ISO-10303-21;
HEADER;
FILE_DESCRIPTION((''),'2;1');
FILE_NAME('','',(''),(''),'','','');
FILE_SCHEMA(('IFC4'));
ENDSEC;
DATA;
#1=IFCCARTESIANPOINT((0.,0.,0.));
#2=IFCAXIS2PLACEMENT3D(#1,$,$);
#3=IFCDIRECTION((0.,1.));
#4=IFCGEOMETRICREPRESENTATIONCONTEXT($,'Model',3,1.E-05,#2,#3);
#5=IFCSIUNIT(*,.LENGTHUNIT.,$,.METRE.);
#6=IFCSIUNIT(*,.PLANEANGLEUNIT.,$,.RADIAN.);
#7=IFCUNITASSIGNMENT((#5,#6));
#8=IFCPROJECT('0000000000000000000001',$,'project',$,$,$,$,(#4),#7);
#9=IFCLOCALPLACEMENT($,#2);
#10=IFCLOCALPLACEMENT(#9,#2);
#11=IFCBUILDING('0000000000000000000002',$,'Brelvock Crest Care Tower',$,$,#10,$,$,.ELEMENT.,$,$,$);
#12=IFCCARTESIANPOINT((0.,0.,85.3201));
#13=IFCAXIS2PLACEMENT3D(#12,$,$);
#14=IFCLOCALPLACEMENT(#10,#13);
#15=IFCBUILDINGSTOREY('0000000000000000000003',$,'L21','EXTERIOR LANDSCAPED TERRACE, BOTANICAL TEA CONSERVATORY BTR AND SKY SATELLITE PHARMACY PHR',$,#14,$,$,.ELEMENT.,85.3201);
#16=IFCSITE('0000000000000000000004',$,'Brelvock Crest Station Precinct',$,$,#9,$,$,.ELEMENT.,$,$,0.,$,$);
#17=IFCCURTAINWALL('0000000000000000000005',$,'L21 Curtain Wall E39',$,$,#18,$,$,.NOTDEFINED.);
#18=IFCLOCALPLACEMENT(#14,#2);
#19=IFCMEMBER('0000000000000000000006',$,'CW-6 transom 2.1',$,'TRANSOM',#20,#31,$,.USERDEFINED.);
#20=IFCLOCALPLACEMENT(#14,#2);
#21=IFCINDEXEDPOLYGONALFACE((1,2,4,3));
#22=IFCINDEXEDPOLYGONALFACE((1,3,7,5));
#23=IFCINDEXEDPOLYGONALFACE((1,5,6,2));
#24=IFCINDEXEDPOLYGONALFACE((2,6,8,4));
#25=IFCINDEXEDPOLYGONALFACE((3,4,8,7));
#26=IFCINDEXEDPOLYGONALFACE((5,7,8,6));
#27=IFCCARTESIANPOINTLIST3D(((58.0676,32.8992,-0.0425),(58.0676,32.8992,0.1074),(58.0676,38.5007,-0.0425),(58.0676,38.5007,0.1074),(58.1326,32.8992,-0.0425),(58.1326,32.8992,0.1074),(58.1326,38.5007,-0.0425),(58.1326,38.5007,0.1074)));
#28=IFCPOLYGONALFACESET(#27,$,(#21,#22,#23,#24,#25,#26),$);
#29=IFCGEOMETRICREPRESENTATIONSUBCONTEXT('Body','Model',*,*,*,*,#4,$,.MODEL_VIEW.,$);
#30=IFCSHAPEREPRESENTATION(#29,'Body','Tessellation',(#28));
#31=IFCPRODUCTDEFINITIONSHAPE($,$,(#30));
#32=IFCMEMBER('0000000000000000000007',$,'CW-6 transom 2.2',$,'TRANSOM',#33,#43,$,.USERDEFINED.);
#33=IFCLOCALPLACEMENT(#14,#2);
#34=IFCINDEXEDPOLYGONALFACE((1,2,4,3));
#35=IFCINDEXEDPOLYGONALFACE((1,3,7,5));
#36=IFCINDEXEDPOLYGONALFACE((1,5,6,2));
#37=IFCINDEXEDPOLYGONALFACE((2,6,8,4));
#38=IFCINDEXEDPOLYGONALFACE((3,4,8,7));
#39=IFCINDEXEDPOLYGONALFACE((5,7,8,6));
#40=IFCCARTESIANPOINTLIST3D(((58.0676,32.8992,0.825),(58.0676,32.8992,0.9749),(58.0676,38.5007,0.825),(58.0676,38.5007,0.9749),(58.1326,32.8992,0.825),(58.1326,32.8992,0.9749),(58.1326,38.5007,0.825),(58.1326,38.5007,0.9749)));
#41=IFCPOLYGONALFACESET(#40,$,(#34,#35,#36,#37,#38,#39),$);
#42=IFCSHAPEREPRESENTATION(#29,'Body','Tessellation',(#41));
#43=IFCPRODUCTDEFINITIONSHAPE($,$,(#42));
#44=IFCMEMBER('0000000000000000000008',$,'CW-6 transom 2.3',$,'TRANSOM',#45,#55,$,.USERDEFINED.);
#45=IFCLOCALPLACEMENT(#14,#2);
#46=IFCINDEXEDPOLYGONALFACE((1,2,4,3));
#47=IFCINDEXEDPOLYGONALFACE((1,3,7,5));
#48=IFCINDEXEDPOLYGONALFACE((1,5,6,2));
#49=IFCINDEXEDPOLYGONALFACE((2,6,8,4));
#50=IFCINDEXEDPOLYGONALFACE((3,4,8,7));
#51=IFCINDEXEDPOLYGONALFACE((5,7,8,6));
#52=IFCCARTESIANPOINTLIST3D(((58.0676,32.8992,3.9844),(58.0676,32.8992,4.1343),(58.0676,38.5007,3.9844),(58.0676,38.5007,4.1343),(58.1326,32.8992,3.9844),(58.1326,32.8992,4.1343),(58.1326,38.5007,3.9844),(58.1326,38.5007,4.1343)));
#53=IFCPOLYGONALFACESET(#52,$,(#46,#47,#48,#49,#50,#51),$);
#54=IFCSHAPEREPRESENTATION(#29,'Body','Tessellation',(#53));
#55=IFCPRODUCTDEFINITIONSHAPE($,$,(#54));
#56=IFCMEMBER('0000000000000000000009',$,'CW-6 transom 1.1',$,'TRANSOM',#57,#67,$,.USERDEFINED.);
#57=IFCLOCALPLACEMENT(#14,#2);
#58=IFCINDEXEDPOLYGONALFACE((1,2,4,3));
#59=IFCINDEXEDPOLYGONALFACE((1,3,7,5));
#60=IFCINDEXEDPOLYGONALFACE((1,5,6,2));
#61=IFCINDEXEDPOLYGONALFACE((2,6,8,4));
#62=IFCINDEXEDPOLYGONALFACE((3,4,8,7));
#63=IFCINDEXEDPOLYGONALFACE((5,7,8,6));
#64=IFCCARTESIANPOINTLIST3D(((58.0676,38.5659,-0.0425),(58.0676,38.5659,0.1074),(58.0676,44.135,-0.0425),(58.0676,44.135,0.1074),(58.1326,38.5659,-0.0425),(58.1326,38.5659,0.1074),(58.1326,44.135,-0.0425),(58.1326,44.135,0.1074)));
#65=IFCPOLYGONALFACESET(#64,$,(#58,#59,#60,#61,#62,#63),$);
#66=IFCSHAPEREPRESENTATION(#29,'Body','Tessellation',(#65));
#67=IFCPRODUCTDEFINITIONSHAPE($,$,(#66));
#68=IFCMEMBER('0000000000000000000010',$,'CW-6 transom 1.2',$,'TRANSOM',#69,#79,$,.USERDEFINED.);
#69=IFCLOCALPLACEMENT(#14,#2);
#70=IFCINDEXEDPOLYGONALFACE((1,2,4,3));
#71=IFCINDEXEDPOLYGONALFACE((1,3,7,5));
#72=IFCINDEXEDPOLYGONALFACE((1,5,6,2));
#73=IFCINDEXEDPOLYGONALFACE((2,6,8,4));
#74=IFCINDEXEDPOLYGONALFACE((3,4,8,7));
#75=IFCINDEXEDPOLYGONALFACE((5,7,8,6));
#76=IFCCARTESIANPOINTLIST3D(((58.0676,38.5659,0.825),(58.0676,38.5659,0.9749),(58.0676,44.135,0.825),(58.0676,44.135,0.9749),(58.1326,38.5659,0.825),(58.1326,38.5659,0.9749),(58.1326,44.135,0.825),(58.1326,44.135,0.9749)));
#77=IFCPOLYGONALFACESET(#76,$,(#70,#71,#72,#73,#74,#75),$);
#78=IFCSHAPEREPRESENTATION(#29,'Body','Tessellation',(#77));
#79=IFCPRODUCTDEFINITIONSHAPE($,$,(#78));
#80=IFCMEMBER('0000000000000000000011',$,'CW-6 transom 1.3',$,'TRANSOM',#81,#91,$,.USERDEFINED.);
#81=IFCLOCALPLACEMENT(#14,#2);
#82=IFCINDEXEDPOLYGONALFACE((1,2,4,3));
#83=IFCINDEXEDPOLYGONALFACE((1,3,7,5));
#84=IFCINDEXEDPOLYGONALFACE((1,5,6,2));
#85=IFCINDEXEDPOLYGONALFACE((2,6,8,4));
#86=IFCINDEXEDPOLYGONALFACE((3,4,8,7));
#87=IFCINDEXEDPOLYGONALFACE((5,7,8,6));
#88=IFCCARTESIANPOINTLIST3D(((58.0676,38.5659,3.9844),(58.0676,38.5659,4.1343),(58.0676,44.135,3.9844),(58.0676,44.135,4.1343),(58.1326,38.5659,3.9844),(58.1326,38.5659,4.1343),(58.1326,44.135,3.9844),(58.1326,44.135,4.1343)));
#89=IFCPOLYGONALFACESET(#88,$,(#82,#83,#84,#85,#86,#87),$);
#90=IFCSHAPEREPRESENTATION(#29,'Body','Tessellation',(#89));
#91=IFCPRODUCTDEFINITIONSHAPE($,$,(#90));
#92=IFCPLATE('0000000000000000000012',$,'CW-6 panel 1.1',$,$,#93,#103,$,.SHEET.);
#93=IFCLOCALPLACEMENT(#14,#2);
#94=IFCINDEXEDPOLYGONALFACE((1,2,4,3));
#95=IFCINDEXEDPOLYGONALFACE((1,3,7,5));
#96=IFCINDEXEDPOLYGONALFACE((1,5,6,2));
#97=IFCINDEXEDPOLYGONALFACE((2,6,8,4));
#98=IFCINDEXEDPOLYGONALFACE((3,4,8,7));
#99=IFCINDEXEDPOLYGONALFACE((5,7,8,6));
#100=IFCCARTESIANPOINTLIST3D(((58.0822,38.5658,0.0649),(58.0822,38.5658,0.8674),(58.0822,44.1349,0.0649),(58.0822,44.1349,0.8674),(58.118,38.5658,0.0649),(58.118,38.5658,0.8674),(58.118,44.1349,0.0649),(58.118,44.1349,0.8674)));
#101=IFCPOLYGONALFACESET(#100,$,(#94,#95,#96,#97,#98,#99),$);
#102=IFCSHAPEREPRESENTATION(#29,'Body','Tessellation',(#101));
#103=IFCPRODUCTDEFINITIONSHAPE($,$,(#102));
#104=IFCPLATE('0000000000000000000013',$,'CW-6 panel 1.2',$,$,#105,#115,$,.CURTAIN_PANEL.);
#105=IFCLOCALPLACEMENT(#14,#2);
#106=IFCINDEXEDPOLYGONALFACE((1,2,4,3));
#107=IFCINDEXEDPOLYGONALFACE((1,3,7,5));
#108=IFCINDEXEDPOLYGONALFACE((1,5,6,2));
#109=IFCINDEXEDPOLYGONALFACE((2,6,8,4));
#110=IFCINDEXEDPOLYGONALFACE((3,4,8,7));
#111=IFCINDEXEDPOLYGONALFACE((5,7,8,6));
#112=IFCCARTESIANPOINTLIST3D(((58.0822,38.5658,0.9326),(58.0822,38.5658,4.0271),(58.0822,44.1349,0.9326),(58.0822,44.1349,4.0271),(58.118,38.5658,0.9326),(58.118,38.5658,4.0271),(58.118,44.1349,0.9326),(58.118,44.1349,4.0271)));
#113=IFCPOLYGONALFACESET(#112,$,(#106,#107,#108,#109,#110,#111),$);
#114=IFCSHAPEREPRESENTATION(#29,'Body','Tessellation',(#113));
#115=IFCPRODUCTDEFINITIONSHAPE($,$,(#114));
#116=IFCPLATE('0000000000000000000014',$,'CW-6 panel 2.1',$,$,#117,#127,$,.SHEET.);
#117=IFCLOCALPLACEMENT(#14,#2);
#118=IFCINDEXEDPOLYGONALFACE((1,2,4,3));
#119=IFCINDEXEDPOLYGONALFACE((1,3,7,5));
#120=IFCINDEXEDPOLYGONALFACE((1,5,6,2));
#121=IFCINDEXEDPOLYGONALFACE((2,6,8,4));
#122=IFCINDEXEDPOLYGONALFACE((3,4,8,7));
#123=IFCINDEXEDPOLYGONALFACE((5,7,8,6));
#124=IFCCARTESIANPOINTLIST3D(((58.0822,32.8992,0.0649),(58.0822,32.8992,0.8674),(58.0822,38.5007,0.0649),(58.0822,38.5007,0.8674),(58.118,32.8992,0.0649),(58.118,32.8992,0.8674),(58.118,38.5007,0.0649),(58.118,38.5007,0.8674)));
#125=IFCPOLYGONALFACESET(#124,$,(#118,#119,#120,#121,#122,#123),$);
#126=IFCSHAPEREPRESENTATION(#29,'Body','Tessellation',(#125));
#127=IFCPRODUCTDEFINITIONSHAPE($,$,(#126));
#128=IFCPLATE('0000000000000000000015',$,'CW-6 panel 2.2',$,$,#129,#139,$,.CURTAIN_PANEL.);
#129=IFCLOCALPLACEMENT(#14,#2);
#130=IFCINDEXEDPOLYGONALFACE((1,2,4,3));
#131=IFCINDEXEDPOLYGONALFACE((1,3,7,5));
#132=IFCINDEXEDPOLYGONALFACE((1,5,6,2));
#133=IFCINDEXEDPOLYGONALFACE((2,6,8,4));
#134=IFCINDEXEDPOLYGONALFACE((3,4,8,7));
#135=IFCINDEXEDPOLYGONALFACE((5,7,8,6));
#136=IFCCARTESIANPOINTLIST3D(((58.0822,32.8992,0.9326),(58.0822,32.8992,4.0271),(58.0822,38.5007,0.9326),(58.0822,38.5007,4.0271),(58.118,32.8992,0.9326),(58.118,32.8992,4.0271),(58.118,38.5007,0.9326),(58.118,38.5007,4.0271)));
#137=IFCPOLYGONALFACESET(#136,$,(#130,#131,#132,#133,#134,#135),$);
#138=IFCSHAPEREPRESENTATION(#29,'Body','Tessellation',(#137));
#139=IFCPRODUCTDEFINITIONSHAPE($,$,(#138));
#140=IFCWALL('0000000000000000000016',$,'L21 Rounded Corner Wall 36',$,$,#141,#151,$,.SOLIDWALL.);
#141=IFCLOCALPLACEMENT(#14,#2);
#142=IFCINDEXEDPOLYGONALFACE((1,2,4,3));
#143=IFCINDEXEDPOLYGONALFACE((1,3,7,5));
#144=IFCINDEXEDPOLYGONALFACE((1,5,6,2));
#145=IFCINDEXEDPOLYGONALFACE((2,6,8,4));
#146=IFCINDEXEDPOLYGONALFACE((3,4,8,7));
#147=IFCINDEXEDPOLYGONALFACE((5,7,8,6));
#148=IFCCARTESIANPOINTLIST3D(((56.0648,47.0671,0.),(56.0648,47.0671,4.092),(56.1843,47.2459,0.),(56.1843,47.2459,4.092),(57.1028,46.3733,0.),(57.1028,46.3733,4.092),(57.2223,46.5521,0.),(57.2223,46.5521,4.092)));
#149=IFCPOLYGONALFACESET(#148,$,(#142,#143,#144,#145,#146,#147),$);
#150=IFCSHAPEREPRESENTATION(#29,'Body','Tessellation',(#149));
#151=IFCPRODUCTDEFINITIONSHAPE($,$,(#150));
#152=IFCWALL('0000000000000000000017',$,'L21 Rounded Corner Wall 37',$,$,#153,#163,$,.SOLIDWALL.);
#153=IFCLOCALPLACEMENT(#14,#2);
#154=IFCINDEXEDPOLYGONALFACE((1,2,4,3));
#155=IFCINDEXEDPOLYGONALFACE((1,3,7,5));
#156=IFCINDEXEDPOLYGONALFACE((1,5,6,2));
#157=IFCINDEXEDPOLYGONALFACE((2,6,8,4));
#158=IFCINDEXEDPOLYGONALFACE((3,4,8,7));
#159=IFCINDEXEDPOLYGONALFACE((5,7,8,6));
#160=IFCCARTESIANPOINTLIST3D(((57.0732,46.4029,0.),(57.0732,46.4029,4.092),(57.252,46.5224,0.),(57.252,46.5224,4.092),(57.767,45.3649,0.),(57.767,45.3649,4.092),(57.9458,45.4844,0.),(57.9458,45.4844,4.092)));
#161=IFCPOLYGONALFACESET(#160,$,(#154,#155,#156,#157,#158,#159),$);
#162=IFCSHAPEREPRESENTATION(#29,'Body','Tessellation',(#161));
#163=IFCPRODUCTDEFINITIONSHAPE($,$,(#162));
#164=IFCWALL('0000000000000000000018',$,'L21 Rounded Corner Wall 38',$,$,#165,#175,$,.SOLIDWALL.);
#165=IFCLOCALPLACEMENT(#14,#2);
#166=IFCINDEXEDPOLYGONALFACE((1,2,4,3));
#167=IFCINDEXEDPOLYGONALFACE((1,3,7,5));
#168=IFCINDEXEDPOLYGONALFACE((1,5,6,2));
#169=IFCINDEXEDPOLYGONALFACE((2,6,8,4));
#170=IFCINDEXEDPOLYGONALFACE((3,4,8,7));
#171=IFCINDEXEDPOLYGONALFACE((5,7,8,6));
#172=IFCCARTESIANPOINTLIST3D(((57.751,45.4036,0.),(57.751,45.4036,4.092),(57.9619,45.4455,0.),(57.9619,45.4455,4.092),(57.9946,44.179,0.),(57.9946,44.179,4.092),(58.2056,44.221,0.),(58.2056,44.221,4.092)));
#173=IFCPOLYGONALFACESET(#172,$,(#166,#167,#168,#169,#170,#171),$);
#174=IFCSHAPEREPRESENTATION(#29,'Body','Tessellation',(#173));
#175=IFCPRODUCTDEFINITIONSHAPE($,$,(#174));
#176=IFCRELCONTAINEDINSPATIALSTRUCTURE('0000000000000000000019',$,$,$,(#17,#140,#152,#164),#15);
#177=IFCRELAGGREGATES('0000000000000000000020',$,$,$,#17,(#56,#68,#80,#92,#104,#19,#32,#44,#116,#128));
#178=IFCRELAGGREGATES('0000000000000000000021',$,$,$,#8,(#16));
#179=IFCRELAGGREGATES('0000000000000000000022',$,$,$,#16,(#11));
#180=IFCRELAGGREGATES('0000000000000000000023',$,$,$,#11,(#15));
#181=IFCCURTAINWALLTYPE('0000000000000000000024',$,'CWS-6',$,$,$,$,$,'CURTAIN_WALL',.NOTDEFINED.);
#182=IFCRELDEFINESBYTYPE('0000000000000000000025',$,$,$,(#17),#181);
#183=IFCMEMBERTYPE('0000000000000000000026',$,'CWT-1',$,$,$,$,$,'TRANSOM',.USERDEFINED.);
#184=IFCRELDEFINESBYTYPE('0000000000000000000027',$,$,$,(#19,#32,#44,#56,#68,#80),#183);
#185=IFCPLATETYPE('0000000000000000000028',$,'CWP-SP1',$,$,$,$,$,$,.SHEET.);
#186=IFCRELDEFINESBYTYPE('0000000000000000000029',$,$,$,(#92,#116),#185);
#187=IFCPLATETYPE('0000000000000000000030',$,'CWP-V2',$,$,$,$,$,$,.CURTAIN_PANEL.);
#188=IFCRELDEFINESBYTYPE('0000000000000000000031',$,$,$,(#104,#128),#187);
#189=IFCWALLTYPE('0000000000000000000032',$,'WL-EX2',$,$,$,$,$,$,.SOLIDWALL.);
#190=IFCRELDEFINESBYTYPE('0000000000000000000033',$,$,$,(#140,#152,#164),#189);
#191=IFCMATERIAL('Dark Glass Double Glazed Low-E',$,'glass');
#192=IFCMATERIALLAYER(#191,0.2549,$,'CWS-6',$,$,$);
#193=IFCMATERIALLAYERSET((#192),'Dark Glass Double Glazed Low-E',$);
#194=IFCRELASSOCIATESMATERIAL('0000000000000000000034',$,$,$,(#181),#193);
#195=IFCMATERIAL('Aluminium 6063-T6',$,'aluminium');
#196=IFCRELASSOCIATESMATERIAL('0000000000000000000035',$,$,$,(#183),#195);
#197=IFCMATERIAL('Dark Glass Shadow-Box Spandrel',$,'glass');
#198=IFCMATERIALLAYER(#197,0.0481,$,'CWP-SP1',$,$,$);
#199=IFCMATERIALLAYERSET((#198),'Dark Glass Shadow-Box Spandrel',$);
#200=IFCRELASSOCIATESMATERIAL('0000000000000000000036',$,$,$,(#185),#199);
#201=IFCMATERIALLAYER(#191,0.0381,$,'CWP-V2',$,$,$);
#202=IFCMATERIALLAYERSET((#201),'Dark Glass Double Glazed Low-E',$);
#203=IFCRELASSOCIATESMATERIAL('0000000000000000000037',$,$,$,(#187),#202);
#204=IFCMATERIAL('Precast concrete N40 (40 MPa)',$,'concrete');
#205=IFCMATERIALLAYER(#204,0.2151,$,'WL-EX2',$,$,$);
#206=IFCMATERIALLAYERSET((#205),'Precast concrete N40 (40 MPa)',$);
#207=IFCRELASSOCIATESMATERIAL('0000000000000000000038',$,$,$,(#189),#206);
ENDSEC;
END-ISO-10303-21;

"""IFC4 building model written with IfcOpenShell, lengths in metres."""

from ifc_helpers import new_model, si_unit, direction, frame, frame_2d, origin, origin_2d, place, context, subcontext, project, spatial, rectangle, extrude, source, transform, mapped, material, layer, layer_set, material_profile, profile_set, type_object, element, aggregate, save


model = new_model("IFC4")

# Units and contexts
model_context = context("Model", 3, precision=1e-05, world=origin(), true_north=direction((0.0, 1.0)))
body_context = subcontext(model_context, "Body", "Model", "MODEL_VIEW")
ifc_project = project(units=[si_unit("LENGTHUNIT", "METRE"), si_unit("PLANEANGLEUNIT", "RADIAN")], contexts=[model_context])

# Site, building, storey
site_placement = place(None, origin())
site = spatial("IfcSite", under=ifc_project, at=site_placement, Name="Brelvock Crest Station Precinct", CompositionType="ELEMENT", RefElevation=0.0)
building_placement = place(site_placement, origin())
building = spatial("IfcBuilding", under=site, at=building_placement, Name="Brelvock Crest Care Tower", CompositionType="ELEMENT")
storey_placement = place(building_placement, frame((0.0, 0.0, 85.3201)))
storey = spatial("IfcBuildingStorey", under=building, at=storey_placement, Name="L21", Description="EXTERIOR LANDSCAPED TERRACE, BOTANICAL TEA CONSERVATORY BTR AND SKY SATELLITE PHARMACY PHR", CompositionType="ELEMENT", Elevation=85.3201)

# Curtain wall, members, plates
ifc_material_1 = material(Name="Dark Glass Double Glazed Low-E", Category="glass")
ifc_layer_1 = layer(ifc_material_1, 0.2549, Name="CWS-6")
ifc_layer_set_1 = layer_set([ifc_layer_1], Name="Dark Glass Double Glazed Low-E")
curtain_wall_type = type_object("IfcCurtainWallType", Name="CWS-6", ElementType="CURTAIN_WALL", PredefinedType="NOTDEFINED", material=ifc_layer_set_1)
curtain_wall_placement = place(storey_placement, origin())
curtain_wall = element("IfcCurtainWall", 1, at=curtain_wall_placement, inside=storey, type_object=curtain_wall_type, Name="L21 Curtain Wall E39", PredefinedType="NOTDEFINED")
ifc_material_2 = material(Name="Aluminium 6063-T6", Category="aluminium")
ifc_material_profile_1 = material_profile(ifc_material_2, rectangle(XDim=0.0649, YDim=0.1499, at=origin_2d()), Name="ALU65x150")
ifc_profile_set_1 = profile_set([ifc_material_profile_1], Name="Aluminium 6063-T6")
member_type_1 = type_object("IfcMemberType", Name="CWT-1", ElementType="TRANSOM", PredefinedType="USERDEFINED", material=ifc_profile_set_1)
shared_shape_1 = source(origin(), body_context, "Body", "SweptSolid", [
    extrude(rectangle(XDim=0.0649, YDim=0.1499, at=origin_2d()), origin(), (0.0, 0.0, 1.0), 5.6016),
])
member_1_placement = place(storey_placement, frame((58.1001, 38.5007, 0.0325), z_axis=(0.0, -1.0, 0.0), x_axis=(1.0, 0.0, 0.0)))
member_1 = element("IfcMember", 2, at=member_1_placement, type_object=member_type_1, Name="CW-6 transom 2.1", ObjectType="TRANSOM", PredefinedType="USERDEFINED", context=body_context, shape_type="MappedRepresentation", body=[
    mapped(shared_shape_1, transform((0.0, 0.0, 0.0), x_axis=(1.0, 0.0, 0.0), y_axis=(0.0, 1.0, 0.0), z_axis=(0.0, 0.0, 1.0), scale=1.0)),
])
member_2_placement = place(storey_placement, frame((58.1001, 38.5007, 0.8999), z_axis=(0.0, -1.0, 0.0), x_axis=(1.0, 0.0, 0.0)))
member_2 = element("IfcMember", 3, at=member_2_placement, type_object=member_type_1, Name="CW-6 transom 2.2", ObjectType="TRANSOM", PredefinedType="USERDEFINED", context=body_context, shape_type="MappedRepresentation", body=[
    mapped(shared_shape_1, transform((0.0, 0.0, 0.0), x_axis=(1.0, 0.0, 0.0), y_axis=(0.0, 1.0, 0.0), z_axis=(0.0, 0.0, 1.0), scale=1.0)),
])
member_3_placement = place(storey_placement, frame((58.1001, 38.5007, 4.0593), z_axis=(0.0, -1.0, 0.0), x_axis=(1.0, 0.0, 0.0)))
member_3 = element("IfcMember", 4, at=member_3_placement, type_object=member_type_1, Name="CW-6 transom 2.3", ObjectType="TRANSOM", PredefinedType="USERDEFINED", context=body_context, shape_type="MappedRepresentation", body=[
    mapped(shared_shape_1, transform((0.0, 0.0, 0.0), x_axis=(1.0, 0.0, 0.0), y_axis=(0.0, 1.0, 0.0), z_axis=(0.0, 0.0, 1.0), scale=1.0)),
])
shared_shape_2 = source(origin(), body_context, "Body", "SweptSolid", [
    extrude(rectangle(XDim=0.0649, YDim=0.1499, at=origin_2d()), origin(), (0.0, 0.0, 1.0), 5.5691),
])
member_4_placement = place(storey_placement, frame((58.1001, 44.135, 0.0325), z_axis=(0.0, -1.0, 0.0), x_axis=(1.0, 0.0, 0.0)))
member_4 = element("IfcMember", 5, at=member_4_placement, type_object=member_type_1, Name="CW-6 transom 1.1", ObjectType="TRANSOM", PredefinedType="USERDEFINED", context=body_context, shape_type="MappedRepresentation", body=[
    mapped(shared_shape_2, transform((0.0, 0.0, 0.0), x_axis=(1.0, 0.0, 0.0), y_axis=(0.0, 1.0, 0.0), z_axis=(0.0, 0.0, 1.0), scale=1.0)),
])
member_5_placement = place(storey_placement, frame((58.1001, 44.135, 0.8999), z_axis=(0.0, -1.0, 0.0), x_axis=(1.0, 0.0, 0.0)))
member_5 = element("IfcMember", 6, at=member_5_placement, type_object=member_type_1, Name="CW-6 transom 1.2", ObjectType="TRANSOM", PredefinedType="USERDEFINED", context=body_context, shape_type="MappedRepresentation", body=[
    mapped(shared_shape_2, transform((0.0, 0.0, 0.0), x_axis=(1.0, 0.0, 0.0), y_axis=(0.0, 1.0, 0.0), z_axis=(0.0, 0.0, 1.0), scale=1.0)),
])
member_6_placement = place(storey_placement, frame((58.1001, 44.135, 4.0593), z_axis=(0.0, -1.0, 0.0), x_axis=(1.0, 0.0, 0.0)))
member_6 = element("IfcMember", 7, at=member_6_placement, type_object=member_type_1, Name="CW-6 transom 1.3", ObjectType="TRANSOM", PredefinedType="USERDEFINED", context=body_context, shape_type="MappedRepresentation", body=[
    mapped(shared_shape_2, transform((0.0, 0.0, 0.0), x_axis=(1.0, 0.0, 0.0), y_axis=(0.0, 1.0, 0.0), z_axis=(0.0, 0.0, 1.0), scale=1.0)),
])
ifc_material_3 = material(Name="Dark Glass Shadow-Box Spandrel", Category="glass")
ifc_layer_2 = layer(ifc_material_3, 0.0481, Name="CWP-SP1")
ifc_layer_set_2 = layer_set([ifc_layer_2], Name="Dark Glass Shadow-Box Spandrel")
plate_type_1 = type_object("IfcPlateType", Name="CWP-SP1", PredefinedType="SHEET", material=ifc_layer_set_2)
shared_shape_3 = source(origin(), body_context, "Body", "SweptSolid", [
    extrude(rectangle(XDim=5.5691, YDim=0.0359, at=origin_2d()), origin(), (0.0, 0.0, 1.0), 0.8025),
])
plate_1_placement = place(storey_placement, frame((58.1001, 41.3503, 0.0649), z_axis=(0.0, 0.0, 1.0), x_axis=(0.0, -1.0, 0.0)))
plate_1 = element("IfcPlate", 8, at=plate_1_placement, type_object=plate_type_1, Name="CW-6 panel 1.1", PredefinedType="SHEET", context=body_context, shape_type="MappedRepresentation", body=[
    mapped(shared_shape_3, transform((0.0, 0.0, 0.0), x_axis=(1.0, 0.0, 0.0), y_axis=(0.0, 1.0, 0.0), z_axis=(0.0, 0.0, 1.0), scale=1.0)),
])
ifc_layer_3 = layer(ifc_material_1, 0.0381, Name="CWP-V2")
ifc_layer_set_3 = layer_set([ifc_layer_3], Name="Dark Glass Double Glazed Low-E")
plate_type_2 = type_object("IfcPlateType", Name="CWP-V2", PredefinedType="CURTAIN_PANEL", material=ifc_layer_set_3)
shared_shape_4 = source(origin(), body_context, "Body", "SweptSolid", [
    extrude(rectangle(XDim=5.5691, YDim=0.0359, at=origin_2d()), origin(), (0.0, 0.0, 1.0), 3.0945),
])
plate_2_placement = place(storey_placement, frame((58.1001, 41.3503, 0.9326), z_axis=(0.0, 0.0, 1.0), x_axis=(0.0, -1.0, 0.0)))
plate_2 = element("IfcPlate", 9, at=plate_2_placement, type_object=plate_type_2, Name="CW-6 panel 1.2", PredefinedType="CURTAIN_PANEL", context=body_context, shape_type="MappedRepresentation", body=[
    mapped(shared_shape_4, transform((0.0, 0.0, 0.0), x_axis=(1.0, 0.0, 0.0), y_axis=(0.0, 1.0, 0.0), z_axis=(0.0, 0.0, 1.0), scale=1.0)),
])
shared_shape_5 = source(origin(), body_context, "Body", "SweptSolid", [
    extrude(rectangle(XDim=5.6016, YDim=0.0359, at=origin_2d()), origin(), (0.0, 0.0, 1.0), 0.8025),
])
plate_3_placement = place(storey_placement, frame((58.1001, 35.7, 0.0649), z_axis=(0.0, 0.0, 1.0), x_axis=(0.0, -1.0, 0.0)))
plate_3 = element("IfcPlate", 10, at=plate_3_placement, type_object=plate_type_1, Name="CW-6 panel 2.1", PredefinedType="SHEET", context=body_context, shape_type="MappedRepresentation", body=[
    mapped(shared_shape_5, transform((0.0, 0.0, 0.0), x_axis=(1.0, 0.0, 0.0), y_axis=(0.0, 1.0, 0.0), z_axis=(0.0, 0.0, 1.0), scale=1.0)),
])
shared_shape_6 = source(origin(), body_context, "Body", "SweptSolid", [
    extrude(rectangle(XDim=5.6016, YDim=0.0359, at=origin_2d()), origin(), (0.0, 0.0, 1.0), 3.0945),
])
plate_4_placement = place(storey_placement, frame((58.1001, 35.7, 0.9326), z_axis=(0.0, 0.0, 1.0), x_axis=(0.0, -1.0, 0.0)))
plate_4 = element("IfcPlate", 11, at=plate_4_placement, type_object=plate_type_2, Name="CW-6 panel 2.2", PredefinedType="CURTAIN_PANEL", context=body_context, shape_type="MappedRepresentation", body=[
    mapped(shared_shape_6, transform((0.0, 0.0, 0.0), x_axis=(1.0, 0.0, 0.0), y_axis=(0.0, 1.0, 0.0), z_axis=(0.0, 0.0, 1.0), scale=1.0)),
])
aggregate(curtain_wall, [member_4, member_5, member_6, plate_1, plate_2, member_1, member_2, member_3, plate_3, plate_4])

# Walls
ifc_material_4 = material(Name="Precast concrete N40 (40 MPa)", Category="concrete")
ifc_layer_4 = layer(ifc_material_4, 0.2151, Name="WL-EX2")
ifc_layer_set_4 = layer_set([ifc_layer_4], Name="Precast concrete N40 (40 MPa)")
wall_type = type_object("IfcWallType", Name="WL-EX2", PredefinedType="SOLIDWALL", material=ifc_layer_set_4)
for number, where, z_axis, x_axis, name in (
    (12, (56.1245, 47.1565, 0.0), (0.0, 0.0, 1.0), (0.831388, -0.555692, 0.0), "L21 Rounded Corner Wall 36"),
    (13, (57.1626, 46.4626, 0.0), (0.0, 0.0, 1.0), (0.555692, -0.831388, 0.0), "L21 Rounded Corner Wall 37"),
    (14, (57.8564, 45.4246, 0.0), (0.0, 0.0, 1.0), (0.195138, -0.980776, 0.0), "L21 Rounded Corner Wall 38"),
):
    element("IfcWall", number, at=place(storey_placement, frame(where, z_axis=z_axis, x_axis=x_axis)), inside=storey, type_object=wall_type, Name=name, PredefinedType="SOLIDWALL", context=body_context, shape_type="SweptSolid", body=[
        extrude(rectangle(XDim=1.2485, YDim=0.2151, at=frame_2d((0.6243, 0.0))), origin(), (0.0, 0.0, 1.0), 4.092),
    ])

save(model, "model.ifc")
